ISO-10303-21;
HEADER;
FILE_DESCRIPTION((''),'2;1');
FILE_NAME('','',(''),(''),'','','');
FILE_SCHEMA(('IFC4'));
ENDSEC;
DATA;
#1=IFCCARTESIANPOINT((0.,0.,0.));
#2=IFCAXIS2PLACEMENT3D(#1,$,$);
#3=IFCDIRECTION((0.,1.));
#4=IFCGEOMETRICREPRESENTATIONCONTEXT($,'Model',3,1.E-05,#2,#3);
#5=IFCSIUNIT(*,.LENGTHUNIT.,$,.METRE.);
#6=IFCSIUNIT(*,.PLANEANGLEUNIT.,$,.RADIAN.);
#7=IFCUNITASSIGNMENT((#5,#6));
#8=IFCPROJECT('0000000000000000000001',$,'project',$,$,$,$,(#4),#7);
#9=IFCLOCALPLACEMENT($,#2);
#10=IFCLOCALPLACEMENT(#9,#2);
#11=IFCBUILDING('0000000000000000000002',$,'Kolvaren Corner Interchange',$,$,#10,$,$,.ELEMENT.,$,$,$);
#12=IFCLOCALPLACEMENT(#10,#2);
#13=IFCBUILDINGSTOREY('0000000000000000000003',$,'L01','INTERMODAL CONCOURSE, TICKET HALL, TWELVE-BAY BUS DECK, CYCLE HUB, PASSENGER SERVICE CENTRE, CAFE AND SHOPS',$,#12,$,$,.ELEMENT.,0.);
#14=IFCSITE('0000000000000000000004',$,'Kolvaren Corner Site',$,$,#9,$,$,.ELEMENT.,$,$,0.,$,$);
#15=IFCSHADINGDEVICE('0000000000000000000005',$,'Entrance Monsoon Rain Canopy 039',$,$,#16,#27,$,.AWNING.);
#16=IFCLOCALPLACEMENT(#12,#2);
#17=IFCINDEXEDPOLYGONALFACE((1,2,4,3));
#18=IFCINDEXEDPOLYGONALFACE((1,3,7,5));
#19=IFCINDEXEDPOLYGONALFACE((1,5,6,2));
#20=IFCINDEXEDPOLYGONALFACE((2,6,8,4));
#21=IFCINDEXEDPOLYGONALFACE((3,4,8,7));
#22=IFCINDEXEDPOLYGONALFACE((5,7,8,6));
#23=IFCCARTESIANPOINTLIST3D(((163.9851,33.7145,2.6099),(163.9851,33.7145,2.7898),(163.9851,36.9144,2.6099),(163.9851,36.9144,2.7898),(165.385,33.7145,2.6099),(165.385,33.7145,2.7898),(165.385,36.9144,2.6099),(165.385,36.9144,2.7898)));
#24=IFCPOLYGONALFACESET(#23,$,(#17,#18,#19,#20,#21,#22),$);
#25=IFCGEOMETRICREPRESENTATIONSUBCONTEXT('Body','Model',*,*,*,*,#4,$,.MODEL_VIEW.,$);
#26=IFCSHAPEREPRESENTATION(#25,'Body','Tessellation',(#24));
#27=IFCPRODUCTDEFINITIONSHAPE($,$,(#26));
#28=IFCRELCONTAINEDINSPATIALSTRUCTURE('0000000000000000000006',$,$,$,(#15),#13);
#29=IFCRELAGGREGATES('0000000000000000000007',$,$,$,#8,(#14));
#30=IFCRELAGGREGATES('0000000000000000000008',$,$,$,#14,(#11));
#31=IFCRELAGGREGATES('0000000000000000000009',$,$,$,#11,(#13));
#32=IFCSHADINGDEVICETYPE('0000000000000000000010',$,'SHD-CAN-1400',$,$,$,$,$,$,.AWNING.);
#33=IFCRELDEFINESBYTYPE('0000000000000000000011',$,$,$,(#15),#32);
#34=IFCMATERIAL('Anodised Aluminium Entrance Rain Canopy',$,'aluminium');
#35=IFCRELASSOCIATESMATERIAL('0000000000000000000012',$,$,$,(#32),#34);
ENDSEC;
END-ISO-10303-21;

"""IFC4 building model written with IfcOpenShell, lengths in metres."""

from ifc_helpers import new_model, si_unit, direction, frame, origin, origin_2d, place, context, subcontext, project, spatial, rectangle, extrude, material, type_object, element, save


model = new_model("IFC4")

# Units and contexts
model_context = context("Model", 3, precision=1e-05, world=origin(), true_north=direction((0.0, 1.0)))
body_context = subcontext(model_context, "Body", "Model", "MODEL_VIEW")
ifc_project = project(units=[si_unit("LENGTHUNIT", "METRE"), si_unit("PLANEANGLEUNIT", "RADIAN")], contexts=[model_context])

# Site, building, storey
site_placement = place(None, origin())
site = spatial("IfcSite", under=ifc_project, at=site_placement, Name="Kolvaren Corner Site", CompositionType="ELEMENT", RefElevation=0.0)
building_placement = place(site_placement, origin())
building = spatial("IfcBuilding", under=site, at=building_placement, Name="Kolvaren Corner Interchange", CompositionType="ELEMENT")
storey_placement = place(building_placement, origin())
storey = spatial("IfcBuildingStorey", under=building, at=storey_placement, Name="L01", Description="INTERMODAL CONCOURSE, TICKET HALL, TWELVE-BAY BUS DECK, CYCLE HUB, PASSENGER SERVICE CENTRE, CAFE AND SHOPS", CompositionType="ELEMENT", Elevation=0.0)

# Shading device
ifc_material_1 = material(Name="Anodised Aluminium Entrance Rain Canopy", Category="aluminium")
shading_device_type = type_object("IfcShadingDeviceType", Name="SHD-CAN-1400", PredefinedType="AWNING", material=ifc_material_1)
shading_device_placement = place(storey_placement, frame((164.6851, 35.3145, 2.6099), z_axis=(0.0, 0.0, 1.0), x_axis=(0.0, 1.0, 0.0)))
element("IfcShadingDevice", 1, at=shading_device_placement, inside=storey, type_object=shading_device_type, Name="Entrance Monsoon Rain Canopy 039", PredefinedType="AWNING", context=body_context, shape_type="SweptSolid", body=[
    extrude(rectangle(XDim=3.2, YDim=1.3999, at=origin_2d()), origin(), (0.0, 0.0, 1.0), 0.1799),
])

save(model, "model.ifc")
